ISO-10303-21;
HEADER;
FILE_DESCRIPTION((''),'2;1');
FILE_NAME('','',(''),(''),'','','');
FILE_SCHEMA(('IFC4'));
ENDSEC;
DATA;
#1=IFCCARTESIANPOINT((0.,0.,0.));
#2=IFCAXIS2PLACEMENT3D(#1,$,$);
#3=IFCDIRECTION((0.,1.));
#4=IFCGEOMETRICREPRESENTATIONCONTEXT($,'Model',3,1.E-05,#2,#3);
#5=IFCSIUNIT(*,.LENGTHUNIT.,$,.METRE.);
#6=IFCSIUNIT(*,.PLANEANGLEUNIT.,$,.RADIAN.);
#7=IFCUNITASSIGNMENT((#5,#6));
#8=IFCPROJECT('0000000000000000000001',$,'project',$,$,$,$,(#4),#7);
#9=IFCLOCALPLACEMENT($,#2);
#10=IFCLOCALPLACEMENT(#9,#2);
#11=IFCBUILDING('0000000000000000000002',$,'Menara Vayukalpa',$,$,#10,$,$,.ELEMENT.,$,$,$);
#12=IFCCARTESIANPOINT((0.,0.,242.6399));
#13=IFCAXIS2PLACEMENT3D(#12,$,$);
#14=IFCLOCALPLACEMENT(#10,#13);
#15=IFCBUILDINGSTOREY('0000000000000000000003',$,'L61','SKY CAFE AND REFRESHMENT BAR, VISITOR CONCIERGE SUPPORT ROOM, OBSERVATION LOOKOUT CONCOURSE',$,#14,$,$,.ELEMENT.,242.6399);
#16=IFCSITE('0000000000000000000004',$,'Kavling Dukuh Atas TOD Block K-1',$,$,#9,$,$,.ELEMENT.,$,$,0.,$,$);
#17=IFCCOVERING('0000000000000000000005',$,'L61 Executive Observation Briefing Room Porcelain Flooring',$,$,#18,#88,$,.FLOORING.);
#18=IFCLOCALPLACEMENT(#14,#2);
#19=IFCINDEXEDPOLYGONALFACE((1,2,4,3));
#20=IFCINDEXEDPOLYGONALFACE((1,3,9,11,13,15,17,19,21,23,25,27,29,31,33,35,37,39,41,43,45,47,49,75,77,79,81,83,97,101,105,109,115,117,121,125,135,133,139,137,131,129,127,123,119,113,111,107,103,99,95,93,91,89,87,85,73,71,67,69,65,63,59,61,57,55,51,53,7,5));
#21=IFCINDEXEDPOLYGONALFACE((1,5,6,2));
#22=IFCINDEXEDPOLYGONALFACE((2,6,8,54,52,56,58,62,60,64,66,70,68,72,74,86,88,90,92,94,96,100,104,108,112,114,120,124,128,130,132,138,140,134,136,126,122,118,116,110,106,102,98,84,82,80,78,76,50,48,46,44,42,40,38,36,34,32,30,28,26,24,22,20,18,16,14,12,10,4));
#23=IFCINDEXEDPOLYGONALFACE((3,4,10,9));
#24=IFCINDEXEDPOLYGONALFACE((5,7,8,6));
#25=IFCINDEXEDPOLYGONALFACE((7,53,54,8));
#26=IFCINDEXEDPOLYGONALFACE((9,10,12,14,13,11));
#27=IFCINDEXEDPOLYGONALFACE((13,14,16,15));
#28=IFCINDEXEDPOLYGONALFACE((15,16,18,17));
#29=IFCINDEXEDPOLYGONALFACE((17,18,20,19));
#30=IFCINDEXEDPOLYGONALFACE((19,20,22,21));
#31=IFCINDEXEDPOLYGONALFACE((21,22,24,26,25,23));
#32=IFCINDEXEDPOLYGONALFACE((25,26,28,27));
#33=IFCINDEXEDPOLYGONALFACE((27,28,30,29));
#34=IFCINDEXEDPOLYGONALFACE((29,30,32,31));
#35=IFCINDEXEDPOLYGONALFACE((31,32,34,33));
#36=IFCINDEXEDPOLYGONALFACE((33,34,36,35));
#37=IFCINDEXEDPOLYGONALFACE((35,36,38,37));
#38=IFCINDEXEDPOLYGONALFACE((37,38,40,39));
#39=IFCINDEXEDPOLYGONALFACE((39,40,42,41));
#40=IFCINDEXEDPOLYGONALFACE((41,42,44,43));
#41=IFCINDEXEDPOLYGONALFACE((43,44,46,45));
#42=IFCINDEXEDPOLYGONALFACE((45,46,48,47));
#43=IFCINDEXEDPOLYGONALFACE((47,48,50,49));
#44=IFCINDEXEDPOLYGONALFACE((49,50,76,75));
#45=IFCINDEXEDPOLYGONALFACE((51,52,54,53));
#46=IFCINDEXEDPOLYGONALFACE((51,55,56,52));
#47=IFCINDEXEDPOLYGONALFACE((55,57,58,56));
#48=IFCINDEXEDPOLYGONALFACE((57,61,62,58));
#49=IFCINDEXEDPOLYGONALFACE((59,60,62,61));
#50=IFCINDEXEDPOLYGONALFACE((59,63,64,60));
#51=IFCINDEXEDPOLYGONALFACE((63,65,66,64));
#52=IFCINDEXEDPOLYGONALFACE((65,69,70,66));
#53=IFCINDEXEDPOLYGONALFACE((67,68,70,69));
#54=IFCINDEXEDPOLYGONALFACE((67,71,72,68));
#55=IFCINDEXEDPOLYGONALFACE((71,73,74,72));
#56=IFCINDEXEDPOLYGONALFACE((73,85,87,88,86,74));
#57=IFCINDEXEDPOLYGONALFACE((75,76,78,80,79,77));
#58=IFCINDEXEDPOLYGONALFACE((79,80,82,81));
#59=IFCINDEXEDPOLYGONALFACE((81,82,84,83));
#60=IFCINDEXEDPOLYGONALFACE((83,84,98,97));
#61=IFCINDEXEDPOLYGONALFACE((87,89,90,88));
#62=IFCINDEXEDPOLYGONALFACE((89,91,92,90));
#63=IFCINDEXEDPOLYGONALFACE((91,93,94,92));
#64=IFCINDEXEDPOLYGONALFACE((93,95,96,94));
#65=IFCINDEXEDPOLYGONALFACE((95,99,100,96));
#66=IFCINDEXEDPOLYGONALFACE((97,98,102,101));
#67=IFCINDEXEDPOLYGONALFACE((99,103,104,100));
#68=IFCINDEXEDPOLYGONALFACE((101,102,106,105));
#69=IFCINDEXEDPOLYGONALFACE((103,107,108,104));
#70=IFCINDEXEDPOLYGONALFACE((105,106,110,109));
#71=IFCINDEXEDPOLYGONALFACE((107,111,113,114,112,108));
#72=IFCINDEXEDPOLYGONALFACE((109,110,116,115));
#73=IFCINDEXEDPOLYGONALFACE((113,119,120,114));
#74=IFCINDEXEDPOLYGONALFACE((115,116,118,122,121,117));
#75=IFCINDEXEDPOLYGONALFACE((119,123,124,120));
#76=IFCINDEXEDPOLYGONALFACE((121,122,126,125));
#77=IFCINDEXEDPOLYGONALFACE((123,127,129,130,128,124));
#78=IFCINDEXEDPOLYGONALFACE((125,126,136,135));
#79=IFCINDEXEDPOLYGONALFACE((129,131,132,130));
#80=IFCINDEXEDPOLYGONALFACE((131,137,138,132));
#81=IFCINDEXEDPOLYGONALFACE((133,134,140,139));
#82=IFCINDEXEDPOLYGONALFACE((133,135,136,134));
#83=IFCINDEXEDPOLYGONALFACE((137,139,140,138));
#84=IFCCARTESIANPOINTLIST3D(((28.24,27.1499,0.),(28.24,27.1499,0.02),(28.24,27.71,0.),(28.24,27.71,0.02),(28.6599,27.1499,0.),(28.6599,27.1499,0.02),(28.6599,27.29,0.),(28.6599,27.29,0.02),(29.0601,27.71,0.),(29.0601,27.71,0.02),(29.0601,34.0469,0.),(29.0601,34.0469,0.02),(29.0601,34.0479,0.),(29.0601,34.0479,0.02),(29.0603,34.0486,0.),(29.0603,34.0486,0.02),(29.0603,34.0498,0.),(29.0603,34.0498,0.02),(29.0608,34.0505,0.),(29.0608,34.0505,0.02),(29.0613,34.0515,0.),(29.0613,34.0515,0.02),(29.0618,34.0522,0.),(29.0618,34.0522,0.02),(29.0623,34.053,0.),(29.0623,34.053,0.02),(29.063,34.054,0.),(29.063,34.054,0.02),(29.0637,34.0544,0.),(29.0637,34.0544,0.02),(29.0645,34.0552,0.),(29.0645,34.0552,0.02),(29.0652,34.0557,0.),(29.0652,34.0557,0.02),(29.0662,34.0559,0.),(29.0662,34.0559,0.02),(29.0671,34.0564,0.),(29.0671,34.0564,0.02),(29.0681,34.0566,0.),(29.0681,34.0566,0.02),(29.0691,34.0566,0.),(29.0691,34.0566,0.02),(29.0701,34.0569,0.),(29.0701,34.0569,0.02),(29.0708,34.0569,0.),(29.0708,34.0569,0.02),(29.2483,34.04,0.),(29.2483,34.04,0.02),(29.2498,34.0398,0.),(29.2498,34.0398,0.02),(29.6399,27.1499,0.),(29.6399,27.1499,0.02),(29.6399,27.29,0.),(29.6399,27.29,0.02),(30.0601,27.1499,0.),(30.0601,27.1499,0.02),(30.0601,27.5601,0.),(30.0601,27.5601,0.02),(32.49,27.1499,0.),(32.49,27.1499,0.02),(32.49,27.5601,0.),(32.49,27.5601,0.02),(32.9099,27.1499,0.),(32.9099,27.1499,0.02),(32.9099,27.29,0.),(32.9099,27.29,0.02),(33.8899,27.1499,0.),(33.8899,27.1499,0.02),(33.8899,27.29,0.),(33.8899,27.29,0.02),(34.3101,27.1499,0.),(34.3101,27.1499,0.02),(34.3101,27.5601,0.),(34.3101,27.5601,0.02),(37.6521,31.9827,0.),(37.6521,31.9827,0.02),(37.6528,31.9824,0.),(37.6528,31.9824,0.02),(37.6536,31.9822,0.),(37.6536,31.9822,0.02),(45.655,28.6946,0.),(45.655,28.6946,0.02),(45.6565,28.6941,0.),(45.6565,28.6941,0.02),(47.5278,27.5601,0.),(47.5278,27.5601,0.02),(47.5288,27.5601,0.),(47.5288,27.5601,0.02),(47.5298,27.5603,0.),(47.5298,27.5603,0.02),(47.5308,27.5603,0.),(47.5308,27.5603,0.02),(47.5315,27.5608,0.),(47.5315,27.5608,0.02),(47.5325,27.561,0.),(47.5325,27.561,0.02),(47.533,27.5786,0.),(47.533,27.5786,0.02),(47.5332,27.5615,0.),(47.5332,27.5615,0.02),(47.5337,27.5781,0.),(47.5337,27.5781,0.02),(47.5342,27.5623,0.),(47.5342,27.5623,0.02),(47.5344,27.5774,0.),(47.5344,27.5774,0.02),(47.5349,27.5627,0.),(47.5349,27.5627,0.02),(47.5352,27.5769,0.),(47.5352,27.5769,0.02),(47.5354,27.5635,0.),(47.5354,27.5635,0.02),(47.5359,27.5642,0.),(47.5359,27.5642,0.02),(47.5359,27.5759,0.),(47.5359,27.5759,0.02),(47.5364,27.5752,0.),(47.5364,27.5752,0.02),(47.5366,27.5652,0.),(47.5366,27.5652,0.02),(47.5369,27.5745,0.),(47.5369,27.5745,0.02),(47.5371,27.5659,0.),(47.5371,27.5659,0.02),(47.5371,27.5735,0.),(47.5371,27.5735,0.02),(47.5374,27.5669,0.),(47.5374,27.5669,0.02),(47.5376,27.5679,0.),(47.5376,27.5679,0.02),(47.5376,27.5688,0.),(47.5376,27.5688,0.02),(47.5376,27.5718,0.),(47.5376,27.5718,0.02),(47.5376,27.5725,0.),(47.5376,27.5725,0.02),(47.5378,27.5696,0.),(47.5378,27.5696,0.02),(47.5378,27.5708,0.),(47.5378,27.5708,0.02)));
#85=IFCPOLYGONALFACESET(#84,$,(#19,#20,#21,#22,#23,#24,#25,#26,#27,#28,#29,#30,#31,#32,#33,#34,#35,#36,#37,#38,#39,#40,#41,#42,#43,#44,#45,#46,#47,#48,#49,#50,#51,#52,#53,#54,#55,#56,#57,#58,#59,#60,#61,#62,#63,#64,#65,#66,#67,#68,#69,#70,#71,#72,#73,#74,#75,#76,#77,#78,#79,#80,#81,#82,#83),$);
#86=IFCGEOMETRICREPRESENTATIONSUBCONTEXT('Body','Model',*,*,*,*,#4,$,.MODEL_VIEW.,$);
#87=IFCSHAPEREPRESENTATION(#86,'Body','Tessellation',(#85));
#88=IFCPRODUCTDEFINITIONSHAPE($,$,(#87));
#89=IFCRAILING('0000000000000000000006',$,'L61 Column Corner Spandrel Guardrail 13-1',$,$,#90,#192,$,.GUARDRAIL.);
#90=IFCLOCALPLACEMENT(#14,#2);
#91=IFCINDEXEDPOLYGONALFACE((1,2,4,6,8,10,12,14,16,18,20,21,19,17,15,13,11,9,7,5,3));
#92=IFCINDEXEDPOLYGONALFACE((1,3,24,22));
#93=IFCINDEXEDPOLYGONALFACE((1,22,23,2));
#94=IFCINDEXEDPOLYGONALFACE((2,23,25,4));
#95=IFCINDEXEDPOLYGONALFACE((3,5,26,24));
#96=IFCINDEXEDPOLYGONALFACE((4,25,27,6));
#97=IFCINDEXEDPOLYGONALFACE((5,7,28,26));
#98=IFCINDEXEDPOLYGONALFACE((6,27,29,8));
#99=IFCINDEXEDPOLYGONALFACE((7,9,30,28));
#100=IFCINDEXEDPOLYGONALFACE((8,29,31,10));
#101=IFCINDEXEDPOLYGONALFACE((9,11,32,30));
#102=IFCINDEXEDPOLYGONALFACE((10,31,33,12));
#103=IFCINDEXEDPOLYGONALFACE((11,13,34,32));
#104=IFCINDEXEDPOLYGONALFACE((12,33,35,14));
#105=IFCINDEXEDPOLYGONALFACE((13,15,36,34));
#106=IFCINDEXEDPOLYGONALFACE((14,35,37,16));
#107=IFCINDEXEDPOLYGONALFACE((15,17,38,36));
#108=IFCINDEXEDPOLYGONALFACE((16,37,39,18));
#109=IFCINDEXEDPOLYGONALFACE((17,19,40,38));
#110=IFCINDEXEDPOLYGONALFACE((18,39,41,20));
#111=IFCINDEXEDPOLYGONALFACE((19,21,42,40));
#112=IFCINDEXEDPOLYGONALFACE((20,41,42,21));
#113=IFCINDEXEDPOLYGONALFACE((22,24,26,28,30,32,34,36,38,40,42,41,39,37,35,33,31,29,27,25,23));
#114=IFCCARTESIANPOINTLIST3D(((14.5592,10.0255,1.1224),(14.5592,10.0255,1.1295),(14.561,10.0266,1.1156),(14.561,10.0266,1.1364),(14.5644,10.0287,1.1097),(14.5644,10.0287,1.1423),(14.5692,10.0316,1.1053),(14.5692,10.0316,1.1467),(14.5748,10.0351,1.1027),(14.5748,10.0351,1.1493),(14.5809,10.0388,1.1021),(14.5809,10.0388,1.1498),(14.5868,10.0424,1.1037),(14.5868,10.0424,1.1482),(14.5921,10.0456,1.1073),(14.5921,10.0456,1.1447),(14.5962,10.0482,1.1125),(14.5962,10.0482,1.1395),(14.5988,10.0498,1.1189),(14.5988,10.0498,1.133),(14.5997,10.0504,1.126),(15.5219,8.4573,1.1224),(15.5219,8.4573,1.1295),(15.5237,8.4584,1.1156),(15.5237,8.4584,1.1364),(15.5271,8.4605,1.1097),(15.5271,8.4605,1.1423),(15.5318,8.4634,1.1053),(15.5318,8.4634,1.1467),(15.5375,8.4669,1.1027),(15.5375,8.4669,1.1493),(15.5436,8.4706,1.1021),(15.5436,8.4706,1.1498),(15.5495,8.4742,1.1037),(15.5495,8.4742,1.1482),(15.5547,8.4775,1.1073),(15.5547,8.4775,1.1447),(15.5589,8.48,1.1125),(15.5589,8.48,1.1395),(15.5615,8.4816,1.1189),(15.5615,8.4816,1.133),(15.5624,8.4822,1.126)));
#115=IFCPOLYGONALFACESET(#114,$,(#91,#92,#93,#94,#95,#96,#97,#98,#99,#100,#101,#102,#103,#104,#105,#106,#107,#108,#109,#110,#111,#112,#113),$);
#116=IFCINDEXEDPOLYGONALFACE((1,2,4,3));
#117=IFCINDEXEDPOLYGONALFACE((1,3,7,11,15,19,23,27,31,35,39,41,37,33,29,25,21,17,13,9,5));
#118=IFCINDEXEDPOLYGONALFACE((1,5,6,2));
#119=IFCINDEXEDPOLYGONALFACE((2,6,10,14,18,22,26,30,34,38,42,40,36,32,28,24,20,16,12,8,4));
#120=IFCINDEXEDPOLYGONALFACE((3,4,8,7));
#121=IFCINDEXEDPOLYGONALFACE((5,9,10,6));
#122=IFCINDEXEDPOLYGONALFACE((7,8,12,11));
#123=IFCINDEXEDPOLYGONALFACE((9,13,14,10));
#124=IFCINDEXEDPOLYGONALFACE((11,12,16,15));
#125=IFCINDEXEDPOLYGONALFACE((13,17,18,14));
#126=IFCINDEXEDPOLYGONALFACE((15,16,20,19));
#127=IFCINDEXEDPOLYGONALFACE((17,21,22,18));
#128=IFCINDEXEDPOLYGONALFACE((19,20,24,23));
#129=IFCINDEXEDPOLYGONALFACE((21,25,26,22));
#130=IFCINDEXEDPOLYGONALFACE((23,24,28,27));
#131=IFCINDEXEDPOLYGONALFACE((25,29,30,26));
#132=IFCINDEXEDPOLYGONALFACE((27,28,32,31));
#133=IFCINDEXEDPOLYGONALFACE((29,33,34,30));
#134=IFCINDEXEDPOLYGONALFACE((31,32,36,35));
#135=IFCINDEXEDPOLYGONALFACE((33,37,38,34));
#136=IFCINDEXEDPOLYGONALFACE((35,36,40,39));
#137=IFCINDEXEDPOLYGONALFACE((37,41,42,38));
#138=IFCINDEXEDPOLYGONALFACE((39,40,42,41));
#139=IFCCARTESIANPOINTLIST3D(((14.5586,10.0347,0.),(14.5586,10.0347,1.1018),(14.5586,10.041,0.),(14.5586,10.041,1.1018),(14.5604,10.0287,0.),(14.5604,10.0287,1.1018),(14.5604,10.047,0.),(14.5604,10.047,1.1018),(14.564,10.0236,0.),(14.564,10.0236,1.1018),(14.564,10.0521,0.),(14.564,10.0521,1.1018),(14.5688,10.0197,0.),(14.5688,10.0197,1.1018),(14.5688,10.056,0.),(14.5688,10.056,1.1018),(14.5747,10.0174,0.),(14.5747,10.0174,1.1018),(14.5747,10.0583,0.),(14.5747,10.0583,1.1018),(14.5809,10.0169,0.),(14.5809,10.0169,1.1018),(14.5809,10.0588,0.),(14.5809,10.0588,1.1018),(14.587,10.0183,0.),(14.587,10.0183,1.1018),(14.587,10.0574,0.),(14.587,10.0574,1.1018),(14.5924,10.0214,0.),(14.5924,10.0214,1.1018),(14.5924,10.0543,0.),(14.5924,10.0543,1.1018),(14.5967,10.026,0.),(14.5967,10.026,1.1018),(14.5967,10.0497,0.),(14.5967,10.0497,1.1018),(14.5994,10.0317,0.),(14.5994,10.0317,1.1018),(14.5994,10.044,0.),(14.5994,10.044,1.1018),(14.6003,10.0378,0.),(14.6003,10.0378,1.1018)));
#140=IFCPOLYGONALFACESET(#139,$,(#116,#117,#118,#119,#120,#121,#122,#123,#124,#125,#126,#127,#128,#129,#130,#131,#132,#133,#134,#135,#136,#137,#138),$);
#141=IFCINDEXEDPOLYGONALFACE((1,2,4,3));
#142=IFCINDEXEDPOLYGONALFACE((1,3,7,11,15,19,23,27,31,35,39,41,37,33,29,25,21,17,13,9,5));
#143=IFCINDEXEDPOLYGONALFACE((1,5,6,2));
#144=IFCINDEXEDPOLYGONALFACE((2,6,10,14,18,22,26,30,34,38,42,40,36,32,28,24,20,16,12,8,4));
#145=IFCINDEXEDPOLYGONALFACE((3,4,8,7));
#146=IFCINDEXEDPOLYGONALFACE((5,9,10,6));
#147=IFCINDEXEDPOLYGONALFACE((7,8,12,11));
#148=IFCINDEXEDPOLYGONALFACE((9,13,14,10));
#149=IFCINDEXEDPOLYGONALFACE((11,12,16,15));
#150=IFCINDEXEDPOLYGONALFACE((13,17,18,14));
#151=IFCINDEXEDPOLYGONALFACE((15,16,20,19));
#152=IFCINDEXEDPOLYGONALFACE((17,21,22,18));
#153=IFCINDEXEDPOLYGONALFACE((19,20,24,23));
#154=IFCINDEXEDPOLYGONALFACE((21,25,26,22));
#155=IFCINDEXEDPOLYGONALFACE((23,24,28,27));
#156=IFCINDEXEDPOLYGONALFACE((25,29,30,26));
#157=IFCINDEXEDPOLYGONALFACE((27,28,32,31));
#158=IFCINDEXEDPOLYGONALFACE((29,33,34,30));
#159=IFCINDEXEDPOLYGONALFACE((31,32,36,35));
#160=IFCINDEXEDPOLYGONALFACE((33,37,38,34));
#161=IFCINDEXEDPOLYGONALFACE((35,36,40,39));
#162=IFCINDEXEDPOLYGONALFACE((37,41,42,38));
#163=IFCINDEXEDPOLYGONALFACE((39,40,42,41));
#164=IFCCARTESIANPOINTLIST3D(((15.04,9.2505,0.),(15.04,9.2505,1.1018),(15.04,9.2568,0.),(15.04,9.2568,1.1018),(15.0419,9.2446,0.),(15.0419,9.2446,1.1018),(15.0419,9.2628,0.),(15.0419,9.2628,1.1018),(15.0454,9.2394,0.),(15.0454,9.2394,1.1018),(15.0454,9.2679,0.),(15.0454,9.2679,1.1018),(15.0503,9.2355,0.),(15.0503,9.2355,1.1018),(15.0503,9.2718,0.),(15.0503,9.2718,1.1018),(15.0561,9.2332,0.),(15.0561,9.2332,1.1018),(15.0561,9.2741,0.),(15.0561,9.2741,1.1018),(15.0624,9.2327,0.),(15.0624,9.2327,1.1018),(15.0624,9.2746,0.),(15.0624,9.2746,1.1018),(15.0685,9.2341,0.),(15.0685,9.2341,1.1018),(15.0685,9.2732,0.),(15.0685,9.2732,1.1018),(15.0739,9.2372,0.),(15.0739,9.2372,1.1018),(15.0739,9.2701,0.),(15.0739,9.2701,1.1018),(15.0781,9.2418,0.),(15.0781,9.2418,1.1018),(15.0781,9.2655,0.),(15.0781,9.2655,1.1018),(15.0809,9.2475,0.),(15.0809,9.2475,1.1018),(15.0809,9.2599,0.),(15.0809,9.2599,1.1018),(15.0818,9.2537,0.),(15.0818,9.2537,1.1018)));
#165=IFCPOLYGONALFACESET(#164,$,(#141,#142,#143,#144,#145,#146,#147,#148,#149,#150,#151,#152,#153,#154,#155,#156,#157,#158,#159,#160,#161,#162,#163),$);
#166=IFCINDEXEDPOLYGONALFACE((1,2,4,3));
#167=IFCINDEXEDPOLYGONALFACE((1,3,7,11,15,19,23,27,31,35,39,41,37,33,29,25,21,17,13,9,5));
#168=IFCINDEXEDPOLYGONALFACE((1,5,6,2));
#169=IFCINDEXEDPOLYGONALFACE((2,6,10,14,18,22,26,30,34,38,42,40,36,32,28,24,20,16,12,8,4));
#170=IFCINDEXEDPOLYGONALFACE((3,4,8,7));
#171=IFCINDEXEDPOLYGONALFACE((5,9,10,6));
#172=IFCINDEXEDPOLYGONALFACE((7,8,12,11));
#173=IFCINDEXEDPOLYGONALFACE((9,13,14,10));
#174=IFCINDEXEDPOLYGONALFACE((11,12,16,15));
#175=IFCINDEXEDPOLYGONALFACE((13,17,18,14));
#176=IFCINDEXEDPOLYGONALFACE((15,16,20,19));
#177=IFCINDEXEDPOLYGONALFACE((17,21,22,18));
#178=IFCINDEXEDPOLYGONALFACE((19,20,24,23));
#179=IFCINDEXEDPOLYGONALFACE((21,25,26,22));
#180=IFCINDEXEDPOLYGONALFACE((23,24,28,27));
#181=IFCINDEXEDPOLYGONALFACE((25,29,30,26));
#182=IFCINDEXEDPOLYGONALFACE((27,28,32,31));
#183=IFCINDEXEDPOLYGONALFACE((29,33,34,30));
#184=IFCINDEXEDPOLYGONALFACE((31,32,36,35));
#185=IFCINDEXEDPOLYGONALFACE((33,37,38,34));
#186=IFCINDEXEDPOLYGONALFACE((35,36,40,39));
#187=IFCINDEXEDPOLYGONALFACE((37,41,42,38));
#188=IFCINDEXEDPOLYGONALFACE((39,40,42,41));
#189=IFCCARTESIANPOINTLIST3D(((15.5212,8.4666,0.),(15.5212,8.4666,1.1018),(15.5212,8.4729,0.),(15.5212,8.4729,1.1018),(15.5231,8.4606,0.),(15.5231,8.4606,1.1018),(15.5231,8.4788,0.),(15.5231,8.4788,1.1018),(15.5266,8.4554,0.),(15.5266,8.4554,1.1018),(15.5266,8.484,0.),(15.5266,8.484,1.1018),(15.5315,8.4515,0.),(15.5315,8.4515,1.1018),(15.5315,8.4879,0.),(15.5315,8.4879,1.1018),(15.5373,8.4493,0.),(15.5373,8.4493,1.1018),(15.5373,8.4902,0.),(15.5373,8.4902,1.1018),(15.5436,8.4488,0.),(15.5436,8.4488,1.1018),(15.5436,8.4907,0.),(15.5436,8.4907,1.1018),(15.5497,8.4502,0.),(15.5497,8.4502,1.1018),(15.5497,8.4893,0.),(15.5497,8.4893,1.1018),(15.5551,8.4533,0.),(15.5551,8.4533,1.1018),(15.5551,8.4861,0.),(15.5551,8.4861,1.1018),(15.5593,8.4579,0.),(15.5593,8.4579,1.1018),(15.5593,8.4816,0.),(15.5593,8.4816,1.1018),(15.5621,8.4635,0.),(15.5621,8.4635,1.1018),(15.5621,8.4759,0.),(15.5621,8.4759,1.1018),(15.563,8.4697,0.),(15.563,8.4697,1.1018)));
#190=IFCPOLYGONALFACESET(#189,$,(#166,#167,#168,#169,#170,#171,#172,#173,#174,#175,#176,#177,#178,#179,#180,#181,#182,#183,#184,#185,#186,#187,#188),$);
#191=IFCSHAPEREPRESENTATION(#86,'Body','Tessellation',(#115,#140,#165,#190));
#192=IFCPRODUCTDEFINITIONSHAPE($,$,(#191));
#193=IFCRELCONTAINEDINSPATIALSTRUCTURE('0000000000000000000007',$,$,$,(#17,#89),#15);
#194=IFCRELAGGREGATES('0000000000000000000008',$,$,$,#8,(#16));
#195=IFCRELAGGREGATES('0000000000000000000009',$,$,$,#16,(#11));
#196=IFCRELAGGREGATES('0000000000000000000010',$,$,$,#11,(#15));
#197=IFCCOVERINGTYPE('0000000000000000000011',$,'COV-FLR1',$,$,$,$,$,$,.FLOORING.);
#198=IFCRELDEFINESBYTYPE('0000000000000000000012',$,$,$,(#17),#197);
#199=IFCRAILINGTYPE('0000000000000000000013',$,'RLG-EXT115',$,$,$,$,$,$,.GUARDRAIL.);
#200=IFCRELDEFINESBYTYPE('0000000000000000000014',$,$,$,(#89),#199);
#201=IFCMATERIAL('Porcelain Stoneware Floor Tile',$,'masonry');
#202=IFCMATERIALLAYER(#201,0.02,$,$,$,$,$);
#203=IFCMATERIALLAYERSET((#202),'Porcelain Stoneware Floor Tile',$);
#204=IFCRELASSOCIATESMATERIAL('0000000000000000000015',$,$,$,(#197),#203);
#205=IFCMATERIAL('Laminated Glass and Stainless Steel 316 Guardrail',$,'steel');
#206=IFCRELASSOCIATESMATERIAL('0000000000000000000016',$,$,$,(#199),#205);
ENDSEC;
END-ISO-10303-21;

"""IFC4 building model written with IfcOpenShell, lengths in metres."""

from ifc_helpers import new_model, si_unit, direction, frame, origin, origin_2d, place, context, subcontext, project, spatial, polyline, circle, outline, extrude, material, layer, layer_set, type_object, element, save


model = new_model("IFC4")

# Units and contexts
model_context = context("Model", 3, precision=1e-05, world=origin(), true_north=direction((0.0, 1.0)))
body_context = subcontext(model_context, "Body", "Model", "MODEL_VIEW")
ifc_project = project(units=[si_unit("LENGTHUNIT", "METRE"), si_unit("PLANEANGLEUNIT", "RADIAN")], contexts=[model_context])

# Site, building, storey
site_placement = place(None, origin())
site = spatial("IfcSite", under=ifc_project, at=site_placement, Name="Kavling Dukuh Atas TOD Block K-1", CompositionType="ELEMENT", RefElevation=0.0)
building_placement = place(site_placement, origin())
building = spatial("IfcBuilding", under=site, at=building_placement, Name="Menara Vayukalpa", CompositionType="ELEMENT")
storey_placement = place(building_placement, frame((0.0, 0.0, 242.6399)))
storey = spatial("IfcBuildingStorey", under=building, at=storey_placement, Name="L61", Description="SKY CAFE AND REFRESHMENT BAR, VISITOR CONCIERGE SUPPORT ROOM, OBSERVATION LOOKOUT CONCOURSE", CompositionType="ELEMENT", Elevation=242.6399)

# Covering
ifc_material_1 = material(Name="Porcelain Stoneware Floor Tile", Category="masonry")
ifc_layer_1 = layer(ifc_material_1, 0.02)
ifc_layer_set_1 = layer_set([ifc_layer_1], Name="Porcelain Stoneware Floor Tile")
covering_type_1 = type_object("IfcCoveringType", Name="COV-FLR1", PredefinedType="FLOORING", material=ifc_layer_set_1)
covering_1_placement = place(storey_placement, origin())
element("IfcCovering", 1, at=covering_1_placement, inside=storey, type_object=covering_type_1, Name="L61 Executive Observation Briefing Room Porcelain Flooring", PredefinedType="FLOORING", context=body_context, shape_type="SweptSolid", body=[
    extrude(outline(polyline([(29.0601, 34.0469), (29.0601, 34.0479), (29.0603, 34.0486), (29.0603, 34.0498), (29.0608, 34.0505), (29.0613, 34.0515), (29.0618, 34.0522), (29.0623, 34.053), (29.063, 34.054), (29.0637, 34.0544), (29.0645, 34.0552), (29.0652, 34.0557), (29.0662, 34.0559), (29.0671, 34.0564), (29.0681, 34.0566), (29.0691, 34.0566), (29.0701, 34.0569), (29.0708, 34.0569), (29.2483, 34.04), (29.2498, 34.0398), (37.6521, 31.9827), (37.6528, 31.9824), (37.6536, 31.9822), (45.655, 28.6946), (45.6565, 28.6941), (47.533, 27.5786), (47.5337, 27.5781), (47.5344, 27.5774), (47.5352, 27.5769), (47.5359, 27.5759), (47.5364, 27.5752), (47.5369, 27.5745), (47.5371, 27.5735), (47.5376, 27.5725), (47.5376, 27.5718), (47.5378, 27.5708), (47.5378, 27.5696), (47.5376, 27.5688), (47.5376, 27.5679), (47.5374, 27.5669), (47.5371, 27.5659), (47.5366, 27.5652), (47.5359, 27.5642), (47.5354, 27.5635), (47.5349, 27.5627), (47.5342, 27.5623), (47.5332, 27.5615), (47.5325, 27.561), (47.5315, 27.5608), (47.5308, 27.5603), (47.5298, 27.5603), (47.5288, 27.5601), (47.5278, 27.5601), (34.3101, 27.5601), (34.3101, 27.1499), (33.8899, 27.1499), (33.8899, 27.29), (32.9099, 27.29), (32.9099, 27.1499), (32.49, 27.1499), (32.49, 27.5601), (30.0601, 27.5601), (30.0601, 27.1499), (29.6399, 27.1499), (29.6399, 27.29), (28.6599, 27.29), (28.6599, 27.1499), (28.24, 27.1499), (28.24, 27.71), (29.0601, 27.71), (29.0601, 34.0469)])), origin(), (0.0, 0.0, 1.0), 0.02),
])

# Railing
ifc_material_2 = material(Name="Laminated Glass and Stainless Steel 316 Guardrail", Category="steel")
railing_type = type_object("IfcRailingType", Name="RLG-EXT115", PredefinedType="GUARDRAIL", material=ifc_material_2)
railing_placement = place(storey_placement, frame((14.5793, 10.0378, 0.0)))
element("IfcRailing", 2, at=railing_placement, inside=storey, type_object=railing_type, Name="L61 Column Corner Spandrel Guardrail 13-1", PredefinedType="GUARDRAIL", context=body_context, shape_type="SweptSolid", body=[
    extrude(circle(Radius=0.0239, at=origin_2d()), frame((0.0, 0.0, 1.126), z_axis=(0.523172, -0.852227, 0.0), x_axis=(0.852227, 0.523172, 0.0)), (0.0, 0.0, 1.0), 1.8401),
    extrude(circle(Radius=0.021, at=origin_2d()), origin(), (0.0, 0.0, 1.0), 1.1018),
    extrude(circle(Radius=0.021, at=origin_2d()), frame((0.4814, -0.7842, 0.0)), (0.0, 0.0, 1.0), 1.1018),
    extrude(circle(Radius=0.021, at=origin_2d()), frame((0.9626, -1.5681, 0.0)), (0.0, 0.0, 1.0), 1.1018),
])

save(model, "model.ifc")
